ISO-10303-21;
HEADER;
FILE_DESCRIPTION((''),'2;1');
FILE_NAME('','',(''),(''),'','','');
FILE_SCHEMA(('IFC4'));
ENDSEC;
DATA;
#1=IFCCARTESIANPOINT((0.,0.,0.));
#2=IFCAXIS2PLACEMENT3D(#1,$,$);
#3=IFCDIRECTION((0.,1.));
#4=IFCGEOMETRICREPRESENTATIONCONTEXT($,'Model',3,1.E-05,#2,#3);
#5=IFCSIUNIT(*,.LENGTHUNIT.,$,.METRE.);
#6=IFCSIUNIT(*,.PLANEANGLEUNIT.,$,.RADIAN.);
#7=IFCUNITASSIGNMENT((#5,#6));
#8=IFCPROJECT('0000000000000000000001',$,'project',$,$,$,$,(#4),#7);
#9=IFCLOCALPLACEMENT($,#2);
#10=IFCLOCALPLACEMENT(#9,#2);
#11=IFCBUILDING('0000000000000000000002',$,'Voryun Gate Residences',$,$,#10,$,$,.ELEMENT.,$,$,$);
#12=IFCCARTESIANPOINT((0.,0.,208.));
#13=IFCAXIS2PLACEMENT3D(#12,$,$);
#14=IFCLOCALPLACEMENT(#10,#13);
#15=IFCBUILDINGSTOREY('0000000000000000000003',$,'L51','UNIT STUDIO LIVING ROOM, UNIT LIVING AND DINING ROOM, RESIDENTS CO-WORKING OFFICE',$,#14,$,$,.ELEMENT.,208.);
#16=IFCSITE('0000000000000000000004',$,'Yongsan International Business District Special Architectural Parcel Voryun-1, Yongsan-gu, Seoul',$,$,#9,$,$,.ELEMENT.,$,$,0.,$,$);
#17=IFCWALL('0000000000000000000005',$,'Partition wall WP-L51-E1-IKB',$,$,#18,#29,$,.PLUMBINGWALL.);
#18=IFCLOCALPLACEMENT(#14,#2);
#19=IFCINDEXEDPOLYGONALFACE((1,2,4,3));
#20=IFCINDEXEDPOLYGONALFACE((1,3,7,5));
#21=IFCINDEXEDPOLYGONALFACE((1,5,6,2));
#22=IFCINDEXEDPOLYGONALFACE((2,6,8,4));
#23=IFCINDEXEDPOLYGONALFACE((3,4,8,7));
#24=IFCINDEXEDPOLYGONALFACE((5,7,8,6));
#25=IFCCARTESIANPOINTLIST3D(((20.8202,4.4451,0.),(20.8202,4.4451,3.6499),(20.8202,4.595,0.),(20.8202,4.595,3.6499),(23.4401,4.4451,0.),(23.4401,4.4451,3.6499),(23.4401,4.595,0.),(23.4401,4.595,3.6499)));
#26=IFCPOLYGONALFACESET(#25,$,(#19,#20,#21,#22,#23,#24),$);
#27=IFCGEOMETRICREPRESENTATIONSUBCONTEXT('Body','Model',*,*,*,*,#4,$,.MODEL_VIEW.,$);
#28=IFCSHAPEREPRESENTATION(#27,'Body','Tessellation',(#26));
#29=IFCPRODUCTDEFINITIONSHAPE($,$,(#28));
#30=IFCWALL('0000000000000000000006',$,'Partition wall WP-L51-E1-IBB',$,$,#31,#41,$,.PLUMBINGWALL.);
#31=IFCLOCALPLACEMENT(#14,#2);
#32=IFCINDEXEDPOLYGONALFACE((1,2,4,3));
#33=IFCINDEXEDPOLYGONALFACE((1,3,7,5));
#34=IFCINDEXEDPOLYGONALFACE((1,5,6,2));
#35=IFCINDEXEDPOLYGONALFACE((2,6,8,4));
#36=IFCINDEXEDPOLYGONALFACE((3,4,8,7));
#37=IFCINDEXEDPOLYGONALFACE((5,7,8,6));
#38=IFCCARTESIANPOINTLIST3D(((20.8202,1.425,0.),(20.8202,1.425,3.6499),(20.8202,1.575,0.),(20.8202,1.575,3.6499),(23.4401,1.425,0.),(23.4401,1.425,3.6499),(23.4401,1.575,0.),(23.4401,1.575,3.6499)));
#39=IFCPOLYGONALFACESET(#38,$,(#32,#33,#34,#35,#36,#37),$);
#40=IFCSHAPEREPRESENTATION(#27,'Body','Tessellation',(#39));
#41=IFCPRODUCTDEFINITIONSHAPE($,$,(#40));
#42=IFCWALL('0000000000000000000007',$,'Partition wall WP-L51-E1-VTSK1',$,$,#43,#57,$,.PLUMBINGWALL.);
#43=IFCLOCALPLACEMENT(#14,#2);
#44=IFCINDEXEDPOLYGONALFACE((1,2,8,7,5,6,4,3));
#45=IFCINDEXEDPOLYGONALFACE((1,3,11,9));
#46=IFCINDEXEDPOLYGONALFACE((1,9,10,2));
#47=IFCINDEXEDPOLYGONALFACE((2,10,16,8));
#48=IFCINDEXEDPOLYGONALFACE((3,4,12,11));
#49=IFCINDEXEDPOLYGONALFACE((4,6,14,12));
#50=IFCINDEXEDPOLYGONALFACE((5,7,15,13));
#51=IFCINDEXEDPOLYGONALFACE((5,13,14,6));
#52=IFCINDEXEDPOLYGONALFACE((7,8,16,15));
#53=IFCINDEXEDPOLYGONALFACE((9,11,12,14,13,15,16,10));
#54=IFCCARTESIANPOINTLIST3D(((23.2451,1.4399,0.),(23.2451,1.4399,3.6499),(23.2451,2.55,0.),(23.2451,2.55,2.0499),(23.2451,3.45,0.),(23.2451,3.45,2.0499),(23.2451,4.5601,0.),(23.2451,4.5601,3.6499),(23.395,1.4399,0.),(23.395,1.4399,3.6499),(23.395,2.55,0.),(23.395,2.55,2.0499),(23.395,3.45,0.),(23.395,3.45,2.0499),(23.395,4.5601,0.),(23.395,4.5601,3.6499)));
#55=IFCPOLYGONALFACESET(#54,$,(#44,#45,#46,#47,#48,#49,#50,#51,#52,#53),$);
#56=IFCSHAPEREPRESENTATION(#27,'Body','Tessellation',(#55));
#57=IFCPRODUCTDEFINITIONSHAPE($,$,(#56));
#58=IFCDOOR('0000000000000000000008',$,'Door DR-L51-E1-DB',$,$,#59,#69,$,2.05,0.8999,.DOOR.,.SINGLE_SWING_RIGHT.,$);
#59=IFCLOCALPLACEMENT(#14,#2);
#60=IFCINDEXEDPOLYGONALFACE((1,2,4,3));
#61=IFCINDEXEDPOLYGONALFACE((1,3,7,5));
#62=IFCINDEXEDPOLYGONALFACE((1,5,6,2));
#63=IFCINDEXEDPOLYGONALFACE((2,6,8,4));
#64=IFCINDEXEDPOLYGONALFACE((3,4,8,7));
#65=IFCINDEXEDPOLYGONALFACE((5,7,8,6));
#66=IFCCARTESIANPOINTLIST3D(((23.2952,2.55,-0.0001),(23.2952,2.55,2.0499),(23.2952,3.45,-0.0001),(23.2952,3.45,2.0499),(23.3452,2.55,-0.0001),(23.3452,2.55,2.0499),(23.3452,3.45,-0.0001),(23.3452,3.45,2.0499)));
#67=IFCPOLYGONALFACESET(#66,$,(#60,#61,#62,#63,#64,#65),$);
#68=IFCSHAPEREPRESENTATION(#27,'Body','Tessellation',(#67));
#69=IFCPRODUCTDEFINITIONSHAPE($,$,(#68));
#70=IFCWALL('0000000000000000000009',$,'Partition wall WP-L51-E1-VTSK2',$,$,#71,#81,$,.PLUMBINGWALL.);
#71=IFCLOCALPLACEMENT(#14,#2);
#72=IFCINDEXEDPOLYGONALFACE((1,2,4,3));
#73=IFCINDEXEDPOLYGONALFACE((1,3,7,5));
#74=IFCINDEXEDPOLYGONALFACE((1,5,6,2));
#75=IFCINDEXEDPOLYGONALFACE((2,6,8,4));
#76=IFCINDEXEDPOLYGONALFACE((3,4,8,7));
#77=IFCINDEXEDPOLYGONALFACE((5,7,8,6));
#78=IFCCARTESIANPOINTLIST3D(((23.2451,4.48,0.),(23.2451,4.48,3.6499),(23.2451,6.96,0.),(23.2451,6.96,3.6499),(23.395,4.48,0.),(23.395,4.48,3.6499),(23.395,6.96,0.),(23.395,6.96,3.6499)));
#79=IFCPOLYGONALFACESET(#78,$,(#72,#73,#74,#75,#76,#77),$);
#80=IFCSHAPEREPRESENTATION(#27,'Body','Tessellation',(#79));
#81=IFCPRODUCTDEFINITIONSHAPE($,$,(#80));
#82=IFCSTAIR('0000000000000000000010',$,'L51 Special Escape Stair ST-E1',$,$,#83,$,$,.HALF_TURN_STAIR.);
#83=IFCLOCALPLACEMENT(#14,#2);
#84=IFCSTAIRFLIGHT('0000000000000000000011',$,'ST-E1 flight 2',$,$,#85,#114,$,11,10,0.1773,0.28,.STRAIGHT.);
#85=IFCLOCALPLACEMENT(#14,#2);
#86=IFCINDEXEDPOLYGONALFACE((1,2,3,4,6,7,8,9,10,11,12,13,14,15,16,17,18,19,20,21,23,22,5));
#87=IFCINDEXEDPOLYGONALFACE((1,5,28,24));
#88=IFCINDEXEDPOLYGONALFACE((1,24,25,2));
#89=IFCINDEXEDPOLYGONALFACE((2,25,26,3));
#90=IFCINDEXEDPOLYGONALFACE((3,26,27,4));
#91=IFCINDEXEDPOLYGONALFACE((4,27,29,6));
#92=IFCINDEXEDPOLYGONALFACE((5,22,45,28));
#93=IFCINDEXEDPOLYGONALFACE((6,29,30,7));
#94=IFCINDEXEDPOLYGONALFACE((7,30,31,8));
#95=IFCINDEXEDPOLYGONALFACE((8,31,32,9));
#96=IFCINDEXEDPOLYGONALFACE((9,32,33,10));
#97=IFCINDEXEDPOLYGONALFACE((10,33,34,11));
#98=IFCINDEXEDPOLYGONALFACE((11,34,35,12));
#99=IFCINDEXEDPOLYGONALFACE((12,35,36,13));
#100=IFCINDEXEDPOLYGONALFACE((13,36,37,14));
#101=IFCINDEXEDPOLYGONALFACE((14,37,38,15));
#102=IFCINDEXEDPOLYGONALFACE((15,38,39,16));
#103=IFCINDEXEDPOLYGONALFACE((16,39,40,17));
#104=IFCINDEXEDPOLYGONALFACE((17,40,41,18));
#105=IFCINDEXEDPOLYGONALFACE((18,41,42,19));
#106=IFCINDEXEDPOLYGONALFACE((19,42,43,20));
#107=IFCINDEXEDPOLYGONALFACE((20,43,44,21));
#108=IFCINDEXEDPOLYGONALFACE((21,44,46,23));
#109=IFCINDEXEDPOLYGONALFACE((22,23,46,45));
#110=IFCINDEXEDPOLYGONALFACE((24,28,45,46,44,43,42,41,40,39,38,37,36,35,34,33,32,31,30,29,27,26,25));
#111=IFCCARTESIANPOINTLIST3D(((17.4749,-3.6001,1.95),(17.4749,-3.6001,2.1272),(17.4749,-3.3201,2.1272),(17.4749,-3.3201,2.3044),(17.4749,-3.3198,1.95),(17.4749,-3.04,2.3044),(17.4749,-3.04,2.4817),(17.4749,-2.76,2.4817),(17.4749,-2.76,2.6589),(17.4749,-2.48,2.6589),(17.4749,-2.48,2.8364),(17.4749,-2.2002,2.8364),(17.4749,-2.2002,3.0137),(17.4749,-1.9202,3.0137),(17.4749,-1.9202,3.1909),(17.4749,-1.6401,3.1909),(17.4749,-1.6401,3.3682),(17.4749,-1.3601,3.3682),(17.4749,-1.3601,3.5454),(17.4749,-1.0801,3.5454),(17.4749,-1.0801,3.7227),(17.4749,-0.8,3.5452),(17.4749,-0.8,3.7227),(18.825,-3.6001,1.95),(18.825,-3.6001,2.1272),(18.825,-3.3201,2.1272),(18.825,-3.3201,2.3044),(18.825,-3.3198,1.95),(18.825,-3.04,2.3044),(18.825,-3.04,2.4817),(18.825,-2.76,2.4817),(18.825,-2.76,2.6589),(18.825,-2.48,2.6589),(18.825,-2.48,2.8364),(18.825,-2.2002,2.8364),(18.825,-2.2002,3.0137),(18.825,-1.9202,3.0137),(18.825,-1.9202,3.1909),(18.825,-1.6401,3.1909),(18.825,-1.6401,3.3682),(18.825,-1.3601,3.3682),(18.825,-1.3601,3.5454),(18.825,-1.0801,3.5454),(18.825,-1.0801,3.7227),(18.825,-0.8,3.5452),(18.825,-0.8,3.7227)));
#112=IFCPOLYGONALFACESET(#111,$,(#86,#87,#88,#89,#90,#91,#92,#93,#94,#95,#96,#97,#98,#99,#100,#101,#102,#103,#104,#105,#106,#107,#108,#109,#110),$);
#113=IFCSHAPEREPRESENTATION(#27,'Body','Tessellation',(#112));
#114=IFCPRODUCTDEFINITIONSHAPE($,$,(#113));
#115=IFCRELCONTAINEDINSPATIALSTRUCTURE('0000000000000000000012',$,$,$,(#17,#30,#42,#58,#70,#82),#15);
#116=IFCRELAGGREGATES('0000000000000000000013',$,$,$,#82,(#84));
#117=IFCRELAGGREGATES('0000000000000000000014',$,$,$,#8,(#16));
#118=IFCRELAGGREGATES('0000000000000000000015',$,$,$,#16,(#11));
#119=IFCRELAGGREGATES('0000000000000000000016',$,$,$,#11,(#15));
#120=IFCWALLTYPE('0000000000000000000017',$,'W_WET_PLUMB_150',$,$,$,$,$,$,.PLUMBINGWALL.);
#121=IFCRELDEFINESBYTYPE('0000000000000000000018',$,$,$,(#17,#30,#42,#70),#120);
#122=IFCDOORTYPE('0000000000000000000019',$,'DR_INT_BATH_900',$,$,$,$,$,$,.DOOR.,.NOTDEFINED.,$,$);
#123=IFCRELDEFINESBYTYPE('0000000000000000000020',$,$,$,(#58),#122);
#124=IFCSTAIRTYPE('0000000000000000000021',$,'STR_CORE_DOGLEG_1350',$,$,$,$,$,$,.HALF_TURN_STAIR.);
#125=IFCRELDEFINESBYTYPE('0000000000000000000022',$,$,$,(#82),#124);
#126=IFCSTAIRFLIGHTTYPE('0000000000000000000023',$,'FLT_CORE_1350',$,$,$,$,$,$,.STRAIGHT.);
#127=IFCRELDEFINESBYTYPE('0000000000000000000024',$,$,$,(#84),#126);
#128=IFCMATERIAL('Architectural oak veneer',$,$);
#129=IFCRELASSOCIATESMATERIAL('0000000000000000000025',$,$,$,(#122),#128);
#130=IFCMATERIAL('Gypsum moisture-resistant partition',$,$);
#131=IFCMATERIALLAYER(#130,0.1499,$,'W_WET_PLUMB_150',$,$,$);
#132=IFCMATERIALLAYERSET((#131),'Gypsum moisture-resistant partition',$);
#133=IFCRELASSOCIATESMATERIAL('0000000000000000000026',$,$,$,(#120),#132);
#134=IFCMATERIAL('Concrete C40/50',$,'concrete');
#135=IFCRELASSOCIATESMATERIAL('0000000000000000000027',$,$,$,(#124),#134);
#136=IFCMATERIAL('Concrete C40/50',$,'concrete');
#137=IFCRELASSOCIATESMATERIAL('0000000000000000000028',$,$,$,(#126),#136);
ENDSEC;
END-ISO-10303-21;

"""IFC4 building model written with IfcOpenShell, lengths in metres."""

from ifc_helpers import new_model, si_unit, direction, frame, frame_2d, origin, place, context, subcontext, project, spatial, polyline, rectangle, outline, extrude, material, layer, layer_set, type_object, element, fill, aggregate, save


model = new_model("IFC4")

# Units and contexts
model_context = context("Model", 3, precision=1e-05, world=origin(), true_north=direction((0.0, 1.0)))
body_context = subcontext(model_context, "Body", "Model", "MODEL_VIEW")
ifc_project = project(units=[si_unit("LENGTHUNIT", "METRE"), si_unit("PLANEANGLEUNIT", "RADIAN")], contexts=[model_context])

# Site, building, storey
site_placement = place(None, origin())
site = spatial("IfcSite", under=ifc_project, at=site_placement, Name="Yongsan International Business District Special Architectural Parcel Voryun-1, Yongsan-gu, Seoul", CompositionType="ELEMENT", RefElevation=0.0)
building_placement = place(site_placement, origin())
building = spatial("IfcBuilding", under=site, at=building_placement, Name="Voryun Gate Residences", CompositionType="ELEMENT")
storey_placement = place(building_placement, frame((0.0, 0.0, 208.0)))
storey = spatial("IfcBuildingStorey", under=building, at=storey_placement, Name="L51", Description="UNIT STUDIO LIVING ROOM, UNIT LIVING AND DINING ROOM, RESIDENTS CO-WORKING OFFICE", CompositionType="ELEMENT", Elevation=208.0)

# Shared definitions
ifc_material_1 = material(Name="Architectural oak veneer")
door_type = type_object("IfcDoorType", Name="DR_INT_BATH_900", OperationType="NOTDEFINED", PredefinedType="DOOR", material=ifc_material_1)
ifc_material_2 = material(Name="Gypsum moisture-resistant partition")
ifc_layer_1 = layer(ifc_material_2, 0.1499, Name="W_WET_PLUMB_150")
ifc_layer_set_1 = layer_set([ifc_layer_1], Name="Gypsum moisture-resistant partition")
wall_type_1 = type_object("IfcWallType", Name="W_WET_PLUMB_150", PredefinedType="PLUMBINGWALL", material=ifc_layer_set_1)

# Walls
for number, where, z_axis, x_axis, name in (
    (1, (20.8201, 4.52, 0.0), (0.0, 0.0, 1.0), (1.0, 0.0, 0.0), "Partition wall WP-L51-E1-IKB"),
    (2, (20.8201, 1.5, 0.0), (0.0, 0.0, 1.0), (1.0, 0.0, 0.0), "Partition wall WP-L51-E1-IBB"),
):
    element("IfcWall", number, at=place(storey_placement, frame(where, z_axis=z_axis, x_axis=x_axis)), inside=storey, type_object=wall_type_1, Name=name, PredefinedType="PLUMBINGWALL", context=body_context, shape_type="SweptSolid", body=[
        extrude(rectangle(XDim=2.6199, YDim=0.1499, at=frame_2d((1.3101, 0.0))), origin(), (0.0, 0.0, 1.0), 3.6499),
    ])

# Wall, opening, door
wall_1_placement = place(storey_placement, frame((23.3201, 1.4399, 0.0), z_axis=(0.0, 0.0, 1.0), x_axis=(0.0, 1.0, 0.0)))
wall_1 = element("IfcWall", 3, at=wall_1_placement, inside=storey, type_object=wall_type_1, Name="Partition wall WP-L51-E1-VTSK1", PredefinedType="PLUMBINGWALL", context=body_context, shape_type="SweptSolid", body=[
    extrude(rectangle(XDim=3.1201, YDim=0.1499, at=frame_2d((1.5601, 0.0))), origin(), (0.0, 0.0, 1.0), 3.6499),
])
opening_1_placement = place(wall_1_placement, frame((1.1101, 0.0, 0.0)))
opening_1 = element("IfcOpeningElement", 4, at=opening_1_placement, cuts=wall_1, PredefinedType="OPENING", context=body_context, shape_type="SweptSolid", body=[
    extrude(rectangle(XDim=0.8999, YDim=2.05, at=frame_2d((0.45, 1.0249))), frame((0.0, 0.085, 0.0), z_axis=(0.0, -1.0, 0.0), x_axis=(1.0, 0.0, 0.0)), (0.0, 0.0, 1.0), 0.1699),
])
door_1_placement = place(opening_1_placement, origin())
door_1 = element("IfcDoor", 5, at=door_1_placement, inside=storey, type_object=door_type, Name="Door DR-L51-E1-DB", OperationType="SINGLE_SWING_RIGHT", OverallHeight=2.05, OverallWidth=0.8999, PredefinedType="DOOR", context=body_context, shape_type="SweptSolid", body=[
    extrude(rectangle(XDim=0.8999, YDim=2.05, at=frame_2d((0.45, 1.0249))), frame((0.0, 0.0249, 0.0), z_axis=(0.0, -1.0, 0.0), x_axis=(1.0, 0.0, 0.0)), (0.0, 0.0, 1.0), 0.05),
])
fill(opening_1, door_1)

# Wall
wall_2_placement = place(storey_placement, frame((23.3201, 4.48, 0.0), z_axis=(0.0, 0.0, 1.0), x_axis=(0.0, 1.0, 0.0)))
element("IfcWall", 6, at=wall_2_placement, inside=storey, type_object=wall_type_1, Name="Partition wall WP-L51-E1-VTSK2", PredefinedType="PLUMBINGWALL", context=body_context, shape_type="SweptSolid", body=[
    extrude(rectangle(XDim=2.48, YDim=0.1499, at=frame_2d((1.24, 0.0))), origin(), (0.0, 0.0, 1.0), 3.6499),
])

# Stair, stair flight
ifc_material_3 = material(Name="Concrete C40/50", Category="concrete")
stair_type = type_object("IfcStairType", Name="STR_CORE_DOGLEG_1350", PredefinedType="HALF_TURN_STAIR", material=ifc_material_3)
stair_placement = place(storey_placement, origin())
stair = element("IfcStair", 7, at=stair_placement, inside=storey, type_object=stair_type, Name="L51 Special Escape Stair ST-E1", PredefinedType="HALF_TURN_STAIR")
ifc_material_4 = material(Name="Concrete C40/50", Category="concrete")
stair_flight_type = type_object("IfcStairFlightType", Name="FLT_CORE_1350", PredefinedType="STRAIGHT", material=ifc_material_4)
stair_flight_placement = place(storey_placement, frame((18.1499, -3.6001, 1.95), z_axis=(0.0, 0.0, 1.0), x_axis=(0.0, 1.0, 0.0)))
stair_flight = element("IfcStairFlight", 8, at=stair_flight_placement, type_object=stair_flight_type, Name="ST-E1 flight 2", NumberOfRisers=11, NumberOfTreads=10, PredefinedType="STRAIGHT", RiserHeight=0.1773, TreadLength=0.28, context=body_context, shape_type="SweptSolid", body=[
    extrude(outline(polyline([(0.0, 0.0), (0.0, 0.1772), (0.28, 0.1772), (0.28, 0.3545), (0.5601, 0.3545), (0.5601, 0.5317), (0.8401, 0.5317), (0.8401, 0.709), (1.1201, 0.709), (1.1201, 0.8865), (1.3999, 0.8865), (1.3999, 1.0637), (1.6799, 1.0637), (1.6799, 1.241), (1.96, 1.241), (1.96, 1.4182), (2.24, 1.4182), (2.24, 1.5955), (2.52, 1.5955), (2.52, 1.7727), (2.8, 1.7727), (2.8, 1.95), (2.8, 1.5952), (0.2803, 0.0), (0.0, 0.0)])), frame((0.0, 0.675, 0.0), z_axis=(0.0, -1.0, 0.0), x_axis=(1.0, 0.0, 0.0)), (0.0, 0.0, 1.0), 1.3501),
])
aggregate(stair, [stair_flight])

save(model, "model.ifc")
